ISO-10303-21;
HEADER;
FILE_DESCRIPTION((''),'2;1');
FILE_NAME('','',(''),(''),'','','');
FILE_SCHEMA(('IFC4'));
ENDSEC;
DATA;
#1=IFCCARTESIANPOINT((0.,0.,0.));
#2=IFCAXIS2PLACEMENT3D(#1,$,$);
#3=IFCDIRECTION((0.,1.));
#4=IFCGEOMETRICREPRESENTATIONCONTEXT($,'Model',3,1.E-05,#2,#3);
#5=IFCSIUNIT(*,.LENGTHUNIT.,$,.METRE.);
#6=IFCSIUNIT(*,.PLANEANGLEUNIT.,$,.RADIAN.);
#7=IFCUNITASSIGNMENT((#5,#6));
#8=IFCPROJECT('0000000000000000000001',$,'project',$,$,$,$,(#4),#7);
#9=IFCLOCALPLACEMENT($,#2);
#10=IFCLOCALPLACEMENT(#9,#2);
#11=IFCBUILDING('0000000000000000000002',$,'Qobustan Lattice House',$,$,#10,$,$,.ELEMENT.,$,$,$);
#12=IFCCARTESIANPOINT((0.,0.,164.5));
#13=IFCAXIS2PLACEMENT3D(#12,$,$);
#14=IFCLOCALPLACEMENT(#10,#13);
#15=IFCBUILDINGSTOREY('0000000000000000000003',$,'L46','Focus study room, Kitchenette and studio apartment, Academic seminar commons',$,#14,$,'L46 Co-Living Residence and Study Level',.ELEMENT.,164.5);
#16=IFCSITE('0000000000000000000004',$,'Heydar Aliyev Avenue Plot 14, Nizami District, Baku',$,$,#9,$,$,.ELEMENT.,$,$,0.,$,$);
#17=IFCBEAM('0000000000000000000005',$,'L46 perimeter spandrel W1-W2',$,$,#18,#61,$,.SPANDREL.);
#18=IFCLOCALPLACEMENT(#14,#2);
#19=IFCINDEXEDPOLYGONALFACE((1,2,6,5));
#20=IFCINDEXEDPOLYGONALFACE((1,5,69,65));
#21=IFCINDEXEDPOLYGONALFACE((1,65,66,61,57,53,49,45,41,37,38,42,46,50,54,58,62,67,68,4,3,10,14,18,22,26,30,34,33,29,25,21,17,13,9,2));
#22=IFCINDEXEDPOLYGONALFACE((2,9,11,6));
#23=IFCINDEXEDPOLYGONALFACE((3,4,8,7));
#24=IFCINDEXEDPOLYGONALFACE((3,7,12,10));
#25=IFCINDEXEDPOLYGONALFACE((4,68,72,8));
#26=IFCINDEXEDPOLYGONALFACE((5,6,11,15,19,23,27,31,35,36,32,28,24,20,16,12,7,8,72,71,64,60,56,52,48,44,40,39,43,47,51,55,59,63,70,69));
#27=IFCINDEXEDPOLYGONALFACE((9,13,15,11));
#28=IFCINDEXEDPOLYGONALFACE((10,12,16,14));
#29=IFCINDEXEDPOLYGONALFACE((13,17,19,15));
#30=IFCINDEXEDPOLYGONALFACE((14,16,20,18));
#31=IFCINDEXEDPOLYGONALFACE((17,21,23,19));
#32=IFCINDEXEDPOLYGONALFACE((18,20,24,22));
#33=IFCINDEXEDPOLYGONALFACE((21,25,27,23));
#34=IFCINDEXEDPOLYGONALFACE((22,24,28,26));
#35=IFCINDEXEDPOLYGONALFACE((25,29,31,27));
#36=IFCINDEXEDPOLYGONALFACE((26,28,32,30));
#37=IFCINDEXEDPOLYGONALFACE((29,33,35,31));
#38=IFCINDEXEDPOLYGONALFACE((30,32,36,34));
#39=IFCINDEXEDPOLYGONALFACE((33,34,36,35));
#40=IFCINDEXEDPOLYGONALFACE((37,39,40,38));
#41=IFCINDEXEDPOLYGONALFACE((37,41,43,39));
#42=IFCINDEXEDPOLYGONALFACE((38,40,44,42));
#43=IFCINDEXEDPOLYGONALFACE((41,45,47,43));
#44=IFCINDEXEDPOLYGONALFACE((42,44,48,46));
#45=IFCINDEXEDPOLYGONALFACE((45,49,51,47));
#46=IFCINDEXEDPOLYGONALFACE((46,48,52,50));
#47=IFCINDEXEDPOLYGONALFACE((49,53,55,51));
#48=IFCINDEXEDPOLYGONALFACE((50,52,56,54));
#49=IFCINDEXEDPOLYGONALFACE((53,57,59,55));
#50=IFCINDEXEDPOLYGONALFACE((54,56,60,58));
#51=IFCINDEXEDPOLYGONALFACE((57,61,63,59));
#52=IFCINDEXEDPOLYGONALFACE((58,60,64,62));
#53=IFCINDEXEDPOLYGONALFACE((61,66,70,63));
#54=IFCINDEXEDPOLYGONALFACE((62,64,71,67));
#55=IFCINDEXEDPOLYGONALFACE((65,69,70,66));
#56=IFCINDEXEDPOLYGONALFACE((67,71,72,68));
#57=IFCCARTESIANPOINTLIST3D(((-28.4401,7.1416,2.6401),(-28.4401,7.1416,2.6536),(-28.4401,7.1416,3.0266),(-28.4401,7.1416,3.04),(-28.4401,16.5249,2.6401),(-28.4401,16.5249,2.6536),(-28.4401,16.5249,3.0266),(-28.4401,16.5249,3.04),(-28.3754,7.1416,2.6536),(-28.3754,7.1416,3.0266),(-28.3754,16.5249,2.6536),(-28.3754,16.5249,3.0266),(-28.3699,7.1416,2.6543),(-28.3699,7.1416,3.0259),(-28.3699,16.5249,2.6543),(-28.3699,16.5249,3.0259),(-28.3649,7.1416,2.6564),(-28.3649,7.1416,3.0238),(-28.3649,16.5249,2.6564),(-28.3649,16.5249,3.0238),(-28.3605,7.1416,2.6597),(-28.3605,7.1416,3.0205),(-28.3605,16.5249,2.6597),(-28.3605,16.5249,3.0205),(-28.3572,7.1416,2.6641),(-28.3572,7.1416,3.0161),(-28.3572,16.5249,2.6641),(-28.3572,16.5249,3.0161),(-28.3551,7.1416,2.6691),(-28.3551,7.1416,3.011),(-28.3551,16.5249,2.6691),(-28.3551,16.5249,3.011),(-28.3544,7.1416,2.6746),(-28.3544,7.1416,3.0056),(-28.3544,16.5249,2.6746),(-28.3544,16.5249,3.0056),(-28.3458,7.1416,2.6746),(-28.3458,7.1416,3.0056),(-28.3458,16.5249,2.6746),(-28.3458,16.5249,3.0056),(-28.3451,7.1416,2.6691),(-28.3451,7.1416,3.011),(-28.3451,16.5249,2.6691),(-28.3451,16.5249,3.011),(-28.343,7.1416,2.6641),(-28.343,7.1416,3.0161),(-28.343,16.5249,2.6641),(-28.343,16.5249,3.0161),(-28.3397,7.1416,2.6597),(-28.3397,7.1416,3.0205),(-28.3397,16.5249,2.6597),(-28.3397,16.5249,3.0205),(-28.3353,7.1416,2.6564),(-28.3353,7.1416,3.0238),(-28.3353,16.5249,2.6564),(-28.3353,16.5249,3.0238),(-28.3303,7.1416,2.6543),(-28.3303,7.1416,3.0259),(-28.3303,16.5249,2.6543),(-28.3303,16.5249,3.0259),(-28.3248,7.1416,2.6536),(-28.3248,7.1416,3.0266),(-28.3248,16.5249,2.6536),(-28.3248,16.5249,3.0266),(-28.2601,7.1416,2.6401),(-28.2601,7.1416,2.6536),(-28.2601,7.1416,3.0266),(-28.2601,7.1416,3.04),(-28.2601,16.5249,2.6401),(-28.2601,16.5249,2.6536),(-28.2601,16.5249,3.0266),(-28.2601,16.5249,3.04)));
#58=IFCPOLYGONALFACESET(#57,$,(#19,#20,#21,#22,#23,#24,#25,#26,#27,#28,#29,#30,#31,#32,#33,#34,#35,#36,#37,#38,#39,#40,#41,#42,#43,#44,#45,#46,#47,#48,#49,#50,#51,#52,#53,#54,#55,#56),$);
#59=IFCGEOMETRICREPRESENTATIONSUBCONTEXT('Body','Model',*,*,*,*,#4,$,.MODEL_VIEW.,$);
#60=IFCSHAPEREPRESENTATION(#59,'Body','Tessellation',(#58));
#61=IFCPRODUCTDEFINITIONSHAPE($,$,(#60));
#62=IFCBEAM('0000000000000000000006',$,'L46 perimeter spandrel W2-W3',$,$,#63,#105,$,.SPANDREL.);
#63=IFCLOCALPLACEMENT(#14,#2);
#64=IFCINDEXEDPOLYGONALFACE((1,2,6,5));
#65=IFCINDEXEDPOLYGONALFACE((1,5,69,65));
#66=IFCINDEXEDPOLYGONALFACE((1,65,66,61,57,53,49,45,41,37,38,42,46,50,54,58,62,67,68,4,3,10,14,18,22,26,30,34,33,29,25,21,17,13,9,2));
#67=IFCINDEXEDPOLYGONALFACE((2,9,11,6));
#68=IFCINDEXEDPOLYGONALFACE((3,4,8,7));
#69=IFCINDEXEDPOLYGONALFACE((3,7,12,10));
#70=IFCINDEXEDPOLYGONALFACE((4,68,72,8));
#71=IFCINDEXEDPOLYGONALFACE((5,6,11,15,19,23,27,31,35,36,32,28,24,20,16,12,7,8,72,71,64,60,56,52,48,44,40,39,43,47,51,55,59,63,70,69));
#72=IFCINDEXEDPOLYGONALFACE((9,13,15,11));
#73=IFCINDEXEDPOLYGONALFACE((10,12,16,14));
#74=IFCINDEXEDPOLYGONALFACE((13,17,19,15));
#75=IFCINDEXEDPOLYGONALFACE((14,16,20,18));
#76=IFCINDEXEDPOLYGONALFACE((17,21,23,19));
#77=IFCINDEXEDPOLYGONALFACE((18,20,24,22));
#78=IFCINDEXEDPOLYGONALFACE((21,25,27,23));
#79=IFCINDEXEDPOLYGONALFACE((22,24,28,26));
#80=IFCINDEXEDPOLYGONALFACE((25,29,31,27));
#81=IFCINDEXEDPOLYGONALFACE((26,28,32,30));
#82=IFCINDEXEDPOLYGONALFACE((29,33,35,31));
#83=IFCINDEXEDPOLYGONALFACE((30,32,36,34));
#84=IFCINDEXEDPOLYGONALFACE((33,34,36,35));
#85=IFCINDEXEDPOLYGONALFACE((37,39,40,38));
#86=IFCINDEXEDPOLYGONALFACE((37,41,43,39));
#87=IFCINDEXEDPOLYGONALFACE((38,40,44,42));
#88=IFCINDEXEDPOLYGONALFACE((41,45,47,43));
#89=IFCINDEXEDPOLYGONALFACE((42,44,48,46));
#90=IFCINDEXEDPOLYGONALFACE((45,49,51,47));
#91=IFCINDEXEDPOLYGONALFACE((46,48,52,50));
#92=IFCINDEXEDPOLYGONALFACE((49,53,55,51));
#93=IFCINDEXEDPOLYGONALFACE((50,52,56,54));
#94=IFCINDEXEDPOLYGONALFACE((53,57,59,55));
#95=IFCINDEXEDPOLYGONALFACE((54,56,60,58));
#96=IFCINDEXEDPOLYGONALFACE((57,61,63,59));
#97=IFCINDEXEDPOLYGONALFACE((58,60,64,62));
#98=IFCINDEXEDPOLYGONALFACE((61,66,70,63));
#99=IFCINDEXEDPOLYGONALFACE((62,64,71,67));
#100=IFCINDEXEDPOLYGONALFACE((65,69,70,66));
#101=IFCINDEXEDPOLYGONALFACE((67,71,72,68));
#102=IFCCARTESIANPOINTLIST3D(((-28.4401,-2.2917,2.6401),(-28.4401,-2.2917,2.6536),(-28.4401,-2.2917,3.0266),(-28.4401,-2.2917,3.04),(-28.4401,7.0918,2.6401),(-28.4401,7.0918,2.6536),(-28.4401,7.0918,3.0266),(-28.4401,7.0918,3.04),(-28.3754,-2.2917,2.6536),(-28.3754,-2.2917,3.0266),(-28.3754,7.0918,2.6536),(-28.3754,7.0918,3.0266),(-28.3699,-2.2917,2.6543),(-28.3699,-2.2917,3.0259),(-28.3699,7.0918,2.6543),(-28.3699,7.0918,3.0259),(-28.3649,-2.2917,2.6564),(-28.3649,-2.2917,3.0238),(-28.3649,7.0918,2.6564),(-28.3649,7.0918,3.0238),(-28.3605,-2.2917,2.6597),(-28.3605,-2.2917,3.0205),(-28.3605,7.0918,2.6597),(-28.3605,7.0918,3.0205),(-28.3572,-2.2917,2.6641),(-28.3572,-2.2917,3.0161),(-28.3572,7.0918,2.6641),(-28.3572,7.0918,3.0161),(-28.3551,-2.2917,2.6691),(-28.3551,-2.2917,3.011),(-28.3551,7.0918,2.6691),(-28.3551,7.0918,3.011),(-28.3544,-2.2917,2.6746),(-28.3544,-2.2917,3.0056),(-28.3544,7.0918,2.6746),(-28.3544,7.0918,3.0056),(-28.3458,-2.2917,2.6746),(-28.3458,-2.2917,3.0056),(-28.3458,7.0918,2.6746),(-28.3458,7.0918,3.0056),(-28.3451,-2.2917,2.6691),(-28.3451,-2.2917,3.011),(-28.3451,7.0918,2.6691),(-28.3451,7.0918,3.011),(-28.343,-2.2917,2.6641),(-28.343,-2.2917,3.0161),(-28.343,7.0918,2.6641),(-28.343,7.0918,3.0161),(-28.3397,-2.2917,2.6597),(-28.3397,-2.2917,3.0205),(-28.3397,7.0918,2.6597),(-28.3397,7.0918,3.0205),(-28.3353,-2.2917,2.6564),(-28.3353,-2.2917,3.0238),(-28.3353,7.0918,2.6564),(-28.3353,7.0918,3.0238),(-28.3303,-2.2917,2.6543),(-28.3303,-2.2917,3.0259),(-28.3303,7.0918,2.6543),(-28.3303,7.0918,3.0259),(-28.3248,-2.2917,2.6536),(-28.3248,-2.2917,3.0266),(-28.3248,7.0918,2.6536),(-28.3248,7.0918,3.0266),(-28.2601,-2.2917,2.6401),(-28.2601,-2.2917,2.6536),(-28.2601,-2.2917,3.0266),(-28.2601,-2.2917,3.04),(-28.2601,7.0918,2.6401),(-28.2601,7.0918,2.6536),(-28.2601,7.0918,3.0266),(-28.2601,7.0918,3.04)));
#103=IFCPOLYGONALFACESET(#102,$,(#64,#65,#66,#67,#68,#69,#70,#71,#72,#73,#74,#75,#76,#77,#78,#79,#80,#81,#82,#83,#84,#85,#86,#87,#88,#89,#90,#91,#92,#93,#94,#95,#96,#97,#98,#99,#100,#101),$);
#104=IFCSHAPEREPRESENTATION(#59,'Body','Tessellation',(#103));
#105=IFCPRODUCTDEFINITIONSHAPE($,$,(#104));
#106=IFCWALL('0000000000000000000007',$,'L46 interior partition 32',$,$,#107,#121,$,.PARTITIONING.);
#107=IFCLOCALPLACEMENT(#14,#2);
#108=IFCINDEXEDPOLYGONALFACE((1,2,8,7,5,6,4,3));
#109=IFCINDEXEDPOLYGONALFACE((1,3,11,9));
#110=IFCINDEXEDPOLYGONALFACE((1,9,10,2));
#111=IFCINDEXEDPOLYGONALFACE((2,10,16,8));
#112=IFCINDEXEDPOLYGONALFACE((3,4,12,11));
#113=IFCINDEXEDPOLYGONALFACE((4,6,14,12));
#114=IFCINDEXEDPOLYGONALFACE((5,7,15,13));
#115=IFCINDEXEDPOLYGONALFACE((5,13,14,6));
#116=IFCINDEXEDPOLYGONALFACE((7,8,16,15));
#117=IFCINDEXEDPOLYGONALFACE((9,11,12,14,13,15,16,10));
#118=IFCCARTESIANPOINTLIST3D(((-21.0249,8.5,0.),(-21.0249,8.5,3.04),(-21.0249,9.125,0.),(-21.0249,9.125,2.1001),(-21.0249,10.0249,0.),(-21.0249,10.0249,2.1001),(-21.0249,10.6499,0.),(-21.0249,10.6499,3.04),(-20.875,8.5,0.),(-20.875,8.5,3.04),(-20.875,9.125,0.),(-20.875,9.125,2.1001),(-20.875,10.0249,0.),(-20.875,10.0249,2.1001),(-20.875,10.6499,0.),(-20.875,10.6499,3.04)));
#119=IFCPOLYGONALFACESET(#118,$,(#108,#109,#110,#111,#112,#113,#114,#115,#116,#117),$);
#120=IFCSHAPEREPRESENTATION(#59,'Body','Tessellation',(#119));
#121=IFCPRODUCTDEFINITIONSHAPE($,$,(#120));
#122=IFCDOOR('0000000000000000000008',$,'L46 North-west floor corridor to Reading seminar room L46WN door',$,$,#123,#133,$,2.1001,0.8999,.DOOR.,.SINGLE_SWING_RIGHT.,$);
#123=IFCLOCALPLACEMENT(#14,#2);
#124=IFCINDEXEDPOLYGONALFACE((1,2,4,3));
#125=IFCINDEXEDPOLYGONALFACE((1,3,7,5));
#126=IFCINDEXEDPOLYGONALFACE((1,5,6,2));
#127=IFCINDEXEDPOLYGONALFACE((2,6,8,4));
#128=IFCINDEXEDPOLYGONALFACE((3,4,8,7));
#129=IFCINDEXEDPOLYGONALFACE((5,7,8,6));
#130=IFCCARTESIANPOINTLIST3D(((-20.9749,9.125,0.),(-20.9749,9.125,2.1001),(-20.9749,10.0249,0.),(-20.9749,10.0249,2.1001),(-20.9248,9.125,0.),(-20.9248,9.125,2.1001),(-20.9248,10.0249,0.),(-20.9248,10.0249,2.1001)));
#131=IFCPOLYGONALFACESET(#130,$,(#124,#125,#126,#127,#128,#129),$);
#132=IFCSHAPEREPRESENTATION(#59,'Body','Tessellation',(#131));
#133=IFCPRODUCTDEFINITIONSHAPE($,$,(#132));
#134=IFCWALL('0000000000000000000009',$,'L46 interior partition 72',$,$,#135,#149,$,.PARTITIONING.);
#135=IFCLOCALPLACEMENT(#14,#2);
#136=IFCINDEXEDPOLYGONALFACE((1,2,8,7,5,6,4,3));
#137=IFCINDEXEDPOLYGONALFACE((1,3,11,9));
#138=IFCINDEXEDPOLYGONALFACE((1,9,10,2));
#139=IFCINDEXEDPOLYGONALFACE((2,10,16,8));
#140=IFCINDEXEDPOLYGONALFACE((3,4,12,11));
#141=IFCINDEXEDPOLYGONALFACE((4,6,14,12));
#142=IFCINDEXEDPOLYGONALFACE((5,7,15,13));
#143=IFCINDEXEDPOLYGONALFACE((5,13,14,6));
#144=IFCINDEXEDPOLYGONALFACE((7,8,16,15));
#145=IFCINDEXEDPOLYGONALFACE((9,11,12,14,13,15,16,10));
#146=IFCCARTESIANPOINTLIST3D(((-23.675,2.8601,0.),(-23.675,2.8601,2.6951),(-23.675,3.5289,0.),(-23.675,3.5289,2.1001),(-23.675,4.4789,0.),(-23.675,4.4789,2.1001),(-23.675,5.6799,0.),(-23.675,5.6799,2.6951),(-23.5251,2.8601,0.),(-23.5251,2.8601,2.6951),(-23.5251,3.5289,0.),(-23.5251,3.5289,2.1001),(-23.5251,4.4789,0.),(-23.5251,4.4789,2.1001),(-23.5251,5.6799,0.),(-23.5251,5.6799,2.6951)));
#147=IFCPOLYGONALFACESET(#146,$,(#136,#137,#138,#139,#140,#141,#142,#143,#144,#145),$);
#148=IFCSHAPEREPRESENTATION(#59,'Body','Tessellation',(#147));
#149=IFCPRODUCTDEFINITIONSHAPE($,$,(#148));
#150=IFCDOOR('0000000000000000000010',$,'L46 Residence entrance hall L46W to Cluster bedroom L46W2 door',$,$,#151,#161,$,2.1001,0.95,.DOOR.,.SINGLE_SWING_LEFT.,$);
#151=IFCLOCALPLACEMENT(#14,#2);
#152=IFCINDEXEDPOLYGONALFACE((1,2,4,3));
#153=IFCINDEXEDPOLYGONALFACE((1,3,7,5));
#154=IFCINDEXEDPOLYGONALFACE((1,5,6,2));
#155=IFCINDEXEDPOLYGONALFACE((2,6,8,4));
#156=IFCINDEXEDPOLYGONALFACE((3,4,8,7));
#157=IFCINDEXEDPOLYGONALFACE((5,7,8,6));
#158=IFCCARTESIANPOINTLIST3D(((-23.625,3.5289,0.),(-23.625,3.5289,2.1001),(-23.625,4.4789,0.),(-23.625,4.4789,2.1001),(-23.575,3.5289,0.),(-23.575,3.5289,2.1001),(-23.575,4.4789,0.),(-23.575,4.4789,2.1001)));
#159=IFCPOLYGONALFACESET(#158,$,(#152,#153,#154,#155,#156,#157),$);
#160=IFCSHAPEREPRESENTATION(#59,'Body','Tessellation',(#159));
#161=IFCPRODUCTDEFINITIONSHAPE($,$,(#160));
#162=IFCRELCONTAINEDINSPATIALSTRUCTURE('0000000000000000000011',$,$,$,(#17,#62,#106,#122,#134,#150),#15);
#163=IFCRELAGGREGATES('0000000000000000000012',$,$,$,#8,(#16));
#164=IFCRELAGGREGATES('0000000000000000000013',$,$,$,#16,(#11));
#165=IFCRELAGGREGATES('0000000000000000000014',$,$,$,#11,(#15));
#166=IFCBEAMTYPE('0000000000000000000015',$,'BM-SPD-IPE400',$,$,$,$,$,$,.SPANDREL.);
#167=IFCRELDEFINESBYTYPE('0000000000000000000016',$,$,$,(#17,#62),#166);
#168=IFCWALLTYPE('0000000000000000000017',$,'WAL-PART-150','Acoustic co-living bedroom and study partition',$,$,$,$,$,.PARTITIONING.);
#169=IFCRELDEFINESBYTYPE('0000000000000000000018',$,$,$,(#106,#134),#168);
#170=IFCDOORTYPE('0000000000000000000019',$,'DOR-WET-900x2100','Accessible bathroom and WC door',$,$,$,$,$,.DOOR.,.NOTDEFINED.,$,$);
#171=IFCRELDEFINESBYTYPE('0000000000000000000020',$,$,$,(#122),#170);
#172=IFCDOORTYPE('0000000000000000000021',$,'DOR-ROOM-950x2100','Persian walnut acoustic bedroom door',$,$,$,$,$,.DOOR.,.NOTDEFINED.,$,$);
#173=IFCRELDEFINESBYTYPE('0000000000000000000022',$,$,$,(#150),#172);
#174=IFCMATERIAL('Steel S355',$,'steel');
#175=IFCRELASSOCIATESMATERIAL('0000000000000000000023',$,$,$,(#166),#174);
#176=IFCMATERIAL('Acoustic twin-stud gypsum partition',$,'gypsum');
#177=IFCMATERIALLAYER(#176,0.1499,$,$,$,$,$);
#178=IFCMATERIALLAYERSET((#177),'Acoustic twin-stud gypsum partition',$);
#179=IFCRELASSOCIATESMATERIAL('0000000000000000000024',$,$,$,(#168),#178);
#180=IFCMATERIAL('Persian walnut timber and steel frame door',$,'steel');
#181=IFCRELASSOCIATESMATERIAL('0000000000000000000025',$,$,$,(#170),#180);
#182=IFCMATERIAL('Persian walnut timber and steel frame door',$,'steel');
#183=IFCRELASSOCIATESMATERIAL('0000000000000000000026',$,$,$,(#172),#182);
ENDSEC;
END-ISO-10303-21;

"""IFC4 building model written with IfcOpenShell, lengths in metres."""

from ifc_helpers import new_model, si_unit, direction, frame, frame_2d, origin, origin_2d, place, context, subcontext, project, spatial, rectangle, i_section, extrude, material, layer, layer_set, material_profile, profile_set, type_object, element, fill, save


model = new_model("IFC4")

# Units and contexts
model_context = context("Model", 3, precision=1e-05, world=origin(), true_north=direction((0.0, 1.0)))
body_context = subcontext(model_context, "Body", "Model", "MODEL_VIEW")
ifc_project = project(units=[si_unit("LENGTHUNIT", "METRE"), si_unit("PLANEANGLEUNIT", "RADIAN")], contexts=[model_context])

# Site, building, storey
site_placement = place(None, origin())
site = spatial("IfcSite", under=ifc_project, at=site_placement, Name="Heydar Aliyev Avenue Plot 14, Nizami District, Baku", CompositionType="ELEMENT", RefElevation=0.0)
building_placement = place(site_placement, origin())
building = spatial("IfcBuilding", under=site, at=building_placement, Name="Qobustan Lattice House", CompositionType="ELEMENT")
storey_placement = place(building_placement, frame((0.0, 0.0, 164.5)))
storey = spatial("IfcBuildingStorey", under=building, at=storey_placement, Name="L46", Description="Focus study room, Kitchenette and studio apartment, Academic seminar commons", LongName="L46 Co-Living Residence and Study Level", CompositionType="ELEMENT", Elevation=164.5)

# Beams
ifc_material_1 = material(Name="Steel S355", Category="steel")
ifc_material_profile_1 = material_profile(ifc_material_1, i_section(OverallWidth=0.1799, OverallDepth=0.3999, WebThickness=0.0085, FlangeThickness=0.0134, FilletRadius=0.021, at=origin_2d()), Name="IPE400")
ifc_profile_set_1 = profile_set([ifc_material_profile_1], Name="Steel S355")
beam_type_1 = type_object("IfcBeamType", Name="BM-SPD-IPE400", PredefinedType="SPANDREL", material=ifc_profile_set_1)
beam_1_placement = place(storey_placement, frame((-28.3501, 16.5249, 2.8401), z_axis=(0.0, -1.0, 0.0), x_axis=(1.0, 0.0, 0.0)))
element("IfcBeam", 1, at=beam_1_placement, inside=storey, type_object=beam_type_1, Name="L46 perimeter spandrel W1-W2", PredefinedType="SPANDREL", context=body_context, shape_type="SweptSolid", body=[
    extrude(i_section(OverallWidth=0.1799, OverallDepth=0.3999, WebThickness=0.0085, FlangeThickness=0.0134, FilletRadius=0.021, at=origin_2d()), origin(), (0.0, 0.0, 1.0), 9.3833),
])
beam_2_placement = place(storey_placement, frame((-28.3501, 7.0918, 2.8401), z_axis=(0.0, -1.0, 0.0), x_axis=(1.0, 0.0, 0.0)))
element("IfcBeam", 2, at=beam_2_placement, inside=storey, type_object=beam_type_1, Name="L46 perimeter spandrel W2-W3", PredefinedType="SPANDREL", context=body_context, shape_type="SweptSolid", body=[
    extrude(i_section(OverallWidth=0.1799, OverallDepth=0.3999, WebThickness=0.0085, FlangeThickness=0.0134, FilletRadius=0.021, at=origin_2d()), origin(), (0.0, 0.0, 1.0), 9.3835),
])

# Walls, openings, doors
ifc_material_2 = material(Name="Acoustic twin-stud gypsum partition", Category="gypsum")
ifc_layer_1 = layer(ifc_material_2, 0.1499)
ifc_layer_set_1 = layer_set([ifc_layer_1], Name="Acoustic twin-stud gypsum partition")
wall_type_1 = type_object("IfcWallType", Name="WAL-PART-150", Description="Acoustic co-living bedroom and study partition", PredefinedType="PARTITIONING", material=ifc_layer_set_1)
wall_1_placement = place(storey_placement, frame((-20.95, 8.5, 0.0), z_axis=(0.0, 0.0, 1.0), x_axis=(0.0, 1.0, 0.0)))
wall_1 = element("IfcWall", 3, at=wall_1_placement, inside=storey, type_object=wall_type_1, Name="L46 interior partition 32", PredefinedType="PARTITIONING", context=body_context, shape_type="SweptSolid", body=[
    extrude(rectangle(XDim=2.1499, YDim=0.1499, at=frame_2d((1.075, 0.0))), origin(), (0.0, 0.0, 1.0), 3.04),
])
opening_1_placement = place(wall_1_placement, frame((0.625, 0.0, 0.0)))
opening_1 = element("IfcOpeningElement", 4, at=opening_1_placement, cuts=wall_1, PredefinedType="OPENING", context=body_context, shape_type="SweptSolid", body=[
    extrude(rectangle(XDim=0.8999, YDim=2.1001, at=frame_2d((0.45, 1.05))), frame((0.0, 0.085, 0.0), z_axis=(0.0, -1.0, 0.0), x_axis=(1.0, 0.0, 0.0)), (0.0, 0.0, 1.0), 0.1699),
])
ifc_material_3 = material(Name="Persian walnut timber and steel frame door", Category="steel")
door_type_1 = type_object("IfcDoorType", Name="DOR-WET-900x2100", Description="Accessible bathroom and WC door", OperationType="NOTDEFINED", PredefinedType="DOOR", material=ifc_material_3)
door_1_placement = place(opening_1_placement, origin())
door_1 = element("IfcDoor", 5, at=door_1_placement, inside=storey, type_object=door_type_1, Name="L46 North-west floor corridor to Reading seminar room L46WN door", OperationType="SINGLE_SWING_RIGHT", OverallHeight=2.1001, OverallWidth=0.8999, PredefinedType="DOOR", context=body_context, shape_type="SweptSolid", body=[
    extrude(rectangle(XDim=0.8999, YDim=2.1001, at=frame_2d((0.45, 1.05))), frame((0.0, 0.0249, 0.0), z_axis=(0.0, -1.0, 0.0), x_axis=(1.0, 0.0, 0.0)), (0.0, 0.0, 1.0), 0.05),
])
fill(opening_1, door_1)
wall_2_placement = place(storey_placement, frame((-23.6001, 2.8601, 0.0), z_axis=(0.0, 0.0, 1.0), x_axis=(0.0, 1.0, 0.0)))
wall_2 = element("IfcWall", 6, at=wall_2_placement, inside=storey, type_object=wall_type_1, Name="L46 interior partition 72", PredefinedType="PARTITIONING", context=body_context, shape_type="SweptSolid", body=[
    extrude(rectangle(XDim=2.8198, YDim=0.1499, at=frame_2d((1.4099, 0.0))), origin(), (0.0, 0.0, 1.0), 2.6951),
])
opening_2_placement = place(wall_2_placement, frame((0.6687, 0.0, 0.0)))
opening_2 = element("IfcOpeningElement", 7, at=opening_2_placement, cuts=wall_2, PredefinedType="OPENING", context=body_context, shape_type="SweptSolid", body=[
    extrude(rectangle(XDim=0.95, YDim=2.1001, at=frame_2d((0.4751, 1.05))), frame((0.0, 0.085, 0.0), z_axis=(0.0, -1.0, 0.0), x_axis=(1.0, 0.0, 0.0)), (0.0, 0.0, 1.0), 0.1699),
])
ifc_material_4 = material(Name="Persian walnut timber and steel frame door", Category="steel")
door_type_2 = type_object("IfcDoorType", Name="DOR-ROOM-950x2100", Description="Persian walnut acoustic bedroom door", OperationType="NOTDEFINED", PredefinedType="DOOR", material=ifc_material_4)
door_2_placement = place(opening_2_placement, origin())
door_2 = element("IfcDoor", 8, at=door_2_placement, inside=storey, type_object=door_type_2, Name="L46 Residence entrance hall L46W to Cluster bedroom L46W2 door", OperationType="SINGLE_SWING_LEFT", OverallHeight=2.1001, OverallWidth=0.95, PredefinedType="DOOR", context=body_context, shape_type="SweptSolid", body=[
    extrude(rectangle(XDim=0.95, YDim=2.1001, at=frame_2d((0.4751, 1.05))), frame((0.0, 0.0249, 0.0), z_axis=(0.0, -1.0, 0.0), x_axis=(1.0, 0.0, 0.0)), (0.0, 0.0, 1.0), 0.05),
])
fill(opening_2, door_2)

save(model, "model.ifc")
